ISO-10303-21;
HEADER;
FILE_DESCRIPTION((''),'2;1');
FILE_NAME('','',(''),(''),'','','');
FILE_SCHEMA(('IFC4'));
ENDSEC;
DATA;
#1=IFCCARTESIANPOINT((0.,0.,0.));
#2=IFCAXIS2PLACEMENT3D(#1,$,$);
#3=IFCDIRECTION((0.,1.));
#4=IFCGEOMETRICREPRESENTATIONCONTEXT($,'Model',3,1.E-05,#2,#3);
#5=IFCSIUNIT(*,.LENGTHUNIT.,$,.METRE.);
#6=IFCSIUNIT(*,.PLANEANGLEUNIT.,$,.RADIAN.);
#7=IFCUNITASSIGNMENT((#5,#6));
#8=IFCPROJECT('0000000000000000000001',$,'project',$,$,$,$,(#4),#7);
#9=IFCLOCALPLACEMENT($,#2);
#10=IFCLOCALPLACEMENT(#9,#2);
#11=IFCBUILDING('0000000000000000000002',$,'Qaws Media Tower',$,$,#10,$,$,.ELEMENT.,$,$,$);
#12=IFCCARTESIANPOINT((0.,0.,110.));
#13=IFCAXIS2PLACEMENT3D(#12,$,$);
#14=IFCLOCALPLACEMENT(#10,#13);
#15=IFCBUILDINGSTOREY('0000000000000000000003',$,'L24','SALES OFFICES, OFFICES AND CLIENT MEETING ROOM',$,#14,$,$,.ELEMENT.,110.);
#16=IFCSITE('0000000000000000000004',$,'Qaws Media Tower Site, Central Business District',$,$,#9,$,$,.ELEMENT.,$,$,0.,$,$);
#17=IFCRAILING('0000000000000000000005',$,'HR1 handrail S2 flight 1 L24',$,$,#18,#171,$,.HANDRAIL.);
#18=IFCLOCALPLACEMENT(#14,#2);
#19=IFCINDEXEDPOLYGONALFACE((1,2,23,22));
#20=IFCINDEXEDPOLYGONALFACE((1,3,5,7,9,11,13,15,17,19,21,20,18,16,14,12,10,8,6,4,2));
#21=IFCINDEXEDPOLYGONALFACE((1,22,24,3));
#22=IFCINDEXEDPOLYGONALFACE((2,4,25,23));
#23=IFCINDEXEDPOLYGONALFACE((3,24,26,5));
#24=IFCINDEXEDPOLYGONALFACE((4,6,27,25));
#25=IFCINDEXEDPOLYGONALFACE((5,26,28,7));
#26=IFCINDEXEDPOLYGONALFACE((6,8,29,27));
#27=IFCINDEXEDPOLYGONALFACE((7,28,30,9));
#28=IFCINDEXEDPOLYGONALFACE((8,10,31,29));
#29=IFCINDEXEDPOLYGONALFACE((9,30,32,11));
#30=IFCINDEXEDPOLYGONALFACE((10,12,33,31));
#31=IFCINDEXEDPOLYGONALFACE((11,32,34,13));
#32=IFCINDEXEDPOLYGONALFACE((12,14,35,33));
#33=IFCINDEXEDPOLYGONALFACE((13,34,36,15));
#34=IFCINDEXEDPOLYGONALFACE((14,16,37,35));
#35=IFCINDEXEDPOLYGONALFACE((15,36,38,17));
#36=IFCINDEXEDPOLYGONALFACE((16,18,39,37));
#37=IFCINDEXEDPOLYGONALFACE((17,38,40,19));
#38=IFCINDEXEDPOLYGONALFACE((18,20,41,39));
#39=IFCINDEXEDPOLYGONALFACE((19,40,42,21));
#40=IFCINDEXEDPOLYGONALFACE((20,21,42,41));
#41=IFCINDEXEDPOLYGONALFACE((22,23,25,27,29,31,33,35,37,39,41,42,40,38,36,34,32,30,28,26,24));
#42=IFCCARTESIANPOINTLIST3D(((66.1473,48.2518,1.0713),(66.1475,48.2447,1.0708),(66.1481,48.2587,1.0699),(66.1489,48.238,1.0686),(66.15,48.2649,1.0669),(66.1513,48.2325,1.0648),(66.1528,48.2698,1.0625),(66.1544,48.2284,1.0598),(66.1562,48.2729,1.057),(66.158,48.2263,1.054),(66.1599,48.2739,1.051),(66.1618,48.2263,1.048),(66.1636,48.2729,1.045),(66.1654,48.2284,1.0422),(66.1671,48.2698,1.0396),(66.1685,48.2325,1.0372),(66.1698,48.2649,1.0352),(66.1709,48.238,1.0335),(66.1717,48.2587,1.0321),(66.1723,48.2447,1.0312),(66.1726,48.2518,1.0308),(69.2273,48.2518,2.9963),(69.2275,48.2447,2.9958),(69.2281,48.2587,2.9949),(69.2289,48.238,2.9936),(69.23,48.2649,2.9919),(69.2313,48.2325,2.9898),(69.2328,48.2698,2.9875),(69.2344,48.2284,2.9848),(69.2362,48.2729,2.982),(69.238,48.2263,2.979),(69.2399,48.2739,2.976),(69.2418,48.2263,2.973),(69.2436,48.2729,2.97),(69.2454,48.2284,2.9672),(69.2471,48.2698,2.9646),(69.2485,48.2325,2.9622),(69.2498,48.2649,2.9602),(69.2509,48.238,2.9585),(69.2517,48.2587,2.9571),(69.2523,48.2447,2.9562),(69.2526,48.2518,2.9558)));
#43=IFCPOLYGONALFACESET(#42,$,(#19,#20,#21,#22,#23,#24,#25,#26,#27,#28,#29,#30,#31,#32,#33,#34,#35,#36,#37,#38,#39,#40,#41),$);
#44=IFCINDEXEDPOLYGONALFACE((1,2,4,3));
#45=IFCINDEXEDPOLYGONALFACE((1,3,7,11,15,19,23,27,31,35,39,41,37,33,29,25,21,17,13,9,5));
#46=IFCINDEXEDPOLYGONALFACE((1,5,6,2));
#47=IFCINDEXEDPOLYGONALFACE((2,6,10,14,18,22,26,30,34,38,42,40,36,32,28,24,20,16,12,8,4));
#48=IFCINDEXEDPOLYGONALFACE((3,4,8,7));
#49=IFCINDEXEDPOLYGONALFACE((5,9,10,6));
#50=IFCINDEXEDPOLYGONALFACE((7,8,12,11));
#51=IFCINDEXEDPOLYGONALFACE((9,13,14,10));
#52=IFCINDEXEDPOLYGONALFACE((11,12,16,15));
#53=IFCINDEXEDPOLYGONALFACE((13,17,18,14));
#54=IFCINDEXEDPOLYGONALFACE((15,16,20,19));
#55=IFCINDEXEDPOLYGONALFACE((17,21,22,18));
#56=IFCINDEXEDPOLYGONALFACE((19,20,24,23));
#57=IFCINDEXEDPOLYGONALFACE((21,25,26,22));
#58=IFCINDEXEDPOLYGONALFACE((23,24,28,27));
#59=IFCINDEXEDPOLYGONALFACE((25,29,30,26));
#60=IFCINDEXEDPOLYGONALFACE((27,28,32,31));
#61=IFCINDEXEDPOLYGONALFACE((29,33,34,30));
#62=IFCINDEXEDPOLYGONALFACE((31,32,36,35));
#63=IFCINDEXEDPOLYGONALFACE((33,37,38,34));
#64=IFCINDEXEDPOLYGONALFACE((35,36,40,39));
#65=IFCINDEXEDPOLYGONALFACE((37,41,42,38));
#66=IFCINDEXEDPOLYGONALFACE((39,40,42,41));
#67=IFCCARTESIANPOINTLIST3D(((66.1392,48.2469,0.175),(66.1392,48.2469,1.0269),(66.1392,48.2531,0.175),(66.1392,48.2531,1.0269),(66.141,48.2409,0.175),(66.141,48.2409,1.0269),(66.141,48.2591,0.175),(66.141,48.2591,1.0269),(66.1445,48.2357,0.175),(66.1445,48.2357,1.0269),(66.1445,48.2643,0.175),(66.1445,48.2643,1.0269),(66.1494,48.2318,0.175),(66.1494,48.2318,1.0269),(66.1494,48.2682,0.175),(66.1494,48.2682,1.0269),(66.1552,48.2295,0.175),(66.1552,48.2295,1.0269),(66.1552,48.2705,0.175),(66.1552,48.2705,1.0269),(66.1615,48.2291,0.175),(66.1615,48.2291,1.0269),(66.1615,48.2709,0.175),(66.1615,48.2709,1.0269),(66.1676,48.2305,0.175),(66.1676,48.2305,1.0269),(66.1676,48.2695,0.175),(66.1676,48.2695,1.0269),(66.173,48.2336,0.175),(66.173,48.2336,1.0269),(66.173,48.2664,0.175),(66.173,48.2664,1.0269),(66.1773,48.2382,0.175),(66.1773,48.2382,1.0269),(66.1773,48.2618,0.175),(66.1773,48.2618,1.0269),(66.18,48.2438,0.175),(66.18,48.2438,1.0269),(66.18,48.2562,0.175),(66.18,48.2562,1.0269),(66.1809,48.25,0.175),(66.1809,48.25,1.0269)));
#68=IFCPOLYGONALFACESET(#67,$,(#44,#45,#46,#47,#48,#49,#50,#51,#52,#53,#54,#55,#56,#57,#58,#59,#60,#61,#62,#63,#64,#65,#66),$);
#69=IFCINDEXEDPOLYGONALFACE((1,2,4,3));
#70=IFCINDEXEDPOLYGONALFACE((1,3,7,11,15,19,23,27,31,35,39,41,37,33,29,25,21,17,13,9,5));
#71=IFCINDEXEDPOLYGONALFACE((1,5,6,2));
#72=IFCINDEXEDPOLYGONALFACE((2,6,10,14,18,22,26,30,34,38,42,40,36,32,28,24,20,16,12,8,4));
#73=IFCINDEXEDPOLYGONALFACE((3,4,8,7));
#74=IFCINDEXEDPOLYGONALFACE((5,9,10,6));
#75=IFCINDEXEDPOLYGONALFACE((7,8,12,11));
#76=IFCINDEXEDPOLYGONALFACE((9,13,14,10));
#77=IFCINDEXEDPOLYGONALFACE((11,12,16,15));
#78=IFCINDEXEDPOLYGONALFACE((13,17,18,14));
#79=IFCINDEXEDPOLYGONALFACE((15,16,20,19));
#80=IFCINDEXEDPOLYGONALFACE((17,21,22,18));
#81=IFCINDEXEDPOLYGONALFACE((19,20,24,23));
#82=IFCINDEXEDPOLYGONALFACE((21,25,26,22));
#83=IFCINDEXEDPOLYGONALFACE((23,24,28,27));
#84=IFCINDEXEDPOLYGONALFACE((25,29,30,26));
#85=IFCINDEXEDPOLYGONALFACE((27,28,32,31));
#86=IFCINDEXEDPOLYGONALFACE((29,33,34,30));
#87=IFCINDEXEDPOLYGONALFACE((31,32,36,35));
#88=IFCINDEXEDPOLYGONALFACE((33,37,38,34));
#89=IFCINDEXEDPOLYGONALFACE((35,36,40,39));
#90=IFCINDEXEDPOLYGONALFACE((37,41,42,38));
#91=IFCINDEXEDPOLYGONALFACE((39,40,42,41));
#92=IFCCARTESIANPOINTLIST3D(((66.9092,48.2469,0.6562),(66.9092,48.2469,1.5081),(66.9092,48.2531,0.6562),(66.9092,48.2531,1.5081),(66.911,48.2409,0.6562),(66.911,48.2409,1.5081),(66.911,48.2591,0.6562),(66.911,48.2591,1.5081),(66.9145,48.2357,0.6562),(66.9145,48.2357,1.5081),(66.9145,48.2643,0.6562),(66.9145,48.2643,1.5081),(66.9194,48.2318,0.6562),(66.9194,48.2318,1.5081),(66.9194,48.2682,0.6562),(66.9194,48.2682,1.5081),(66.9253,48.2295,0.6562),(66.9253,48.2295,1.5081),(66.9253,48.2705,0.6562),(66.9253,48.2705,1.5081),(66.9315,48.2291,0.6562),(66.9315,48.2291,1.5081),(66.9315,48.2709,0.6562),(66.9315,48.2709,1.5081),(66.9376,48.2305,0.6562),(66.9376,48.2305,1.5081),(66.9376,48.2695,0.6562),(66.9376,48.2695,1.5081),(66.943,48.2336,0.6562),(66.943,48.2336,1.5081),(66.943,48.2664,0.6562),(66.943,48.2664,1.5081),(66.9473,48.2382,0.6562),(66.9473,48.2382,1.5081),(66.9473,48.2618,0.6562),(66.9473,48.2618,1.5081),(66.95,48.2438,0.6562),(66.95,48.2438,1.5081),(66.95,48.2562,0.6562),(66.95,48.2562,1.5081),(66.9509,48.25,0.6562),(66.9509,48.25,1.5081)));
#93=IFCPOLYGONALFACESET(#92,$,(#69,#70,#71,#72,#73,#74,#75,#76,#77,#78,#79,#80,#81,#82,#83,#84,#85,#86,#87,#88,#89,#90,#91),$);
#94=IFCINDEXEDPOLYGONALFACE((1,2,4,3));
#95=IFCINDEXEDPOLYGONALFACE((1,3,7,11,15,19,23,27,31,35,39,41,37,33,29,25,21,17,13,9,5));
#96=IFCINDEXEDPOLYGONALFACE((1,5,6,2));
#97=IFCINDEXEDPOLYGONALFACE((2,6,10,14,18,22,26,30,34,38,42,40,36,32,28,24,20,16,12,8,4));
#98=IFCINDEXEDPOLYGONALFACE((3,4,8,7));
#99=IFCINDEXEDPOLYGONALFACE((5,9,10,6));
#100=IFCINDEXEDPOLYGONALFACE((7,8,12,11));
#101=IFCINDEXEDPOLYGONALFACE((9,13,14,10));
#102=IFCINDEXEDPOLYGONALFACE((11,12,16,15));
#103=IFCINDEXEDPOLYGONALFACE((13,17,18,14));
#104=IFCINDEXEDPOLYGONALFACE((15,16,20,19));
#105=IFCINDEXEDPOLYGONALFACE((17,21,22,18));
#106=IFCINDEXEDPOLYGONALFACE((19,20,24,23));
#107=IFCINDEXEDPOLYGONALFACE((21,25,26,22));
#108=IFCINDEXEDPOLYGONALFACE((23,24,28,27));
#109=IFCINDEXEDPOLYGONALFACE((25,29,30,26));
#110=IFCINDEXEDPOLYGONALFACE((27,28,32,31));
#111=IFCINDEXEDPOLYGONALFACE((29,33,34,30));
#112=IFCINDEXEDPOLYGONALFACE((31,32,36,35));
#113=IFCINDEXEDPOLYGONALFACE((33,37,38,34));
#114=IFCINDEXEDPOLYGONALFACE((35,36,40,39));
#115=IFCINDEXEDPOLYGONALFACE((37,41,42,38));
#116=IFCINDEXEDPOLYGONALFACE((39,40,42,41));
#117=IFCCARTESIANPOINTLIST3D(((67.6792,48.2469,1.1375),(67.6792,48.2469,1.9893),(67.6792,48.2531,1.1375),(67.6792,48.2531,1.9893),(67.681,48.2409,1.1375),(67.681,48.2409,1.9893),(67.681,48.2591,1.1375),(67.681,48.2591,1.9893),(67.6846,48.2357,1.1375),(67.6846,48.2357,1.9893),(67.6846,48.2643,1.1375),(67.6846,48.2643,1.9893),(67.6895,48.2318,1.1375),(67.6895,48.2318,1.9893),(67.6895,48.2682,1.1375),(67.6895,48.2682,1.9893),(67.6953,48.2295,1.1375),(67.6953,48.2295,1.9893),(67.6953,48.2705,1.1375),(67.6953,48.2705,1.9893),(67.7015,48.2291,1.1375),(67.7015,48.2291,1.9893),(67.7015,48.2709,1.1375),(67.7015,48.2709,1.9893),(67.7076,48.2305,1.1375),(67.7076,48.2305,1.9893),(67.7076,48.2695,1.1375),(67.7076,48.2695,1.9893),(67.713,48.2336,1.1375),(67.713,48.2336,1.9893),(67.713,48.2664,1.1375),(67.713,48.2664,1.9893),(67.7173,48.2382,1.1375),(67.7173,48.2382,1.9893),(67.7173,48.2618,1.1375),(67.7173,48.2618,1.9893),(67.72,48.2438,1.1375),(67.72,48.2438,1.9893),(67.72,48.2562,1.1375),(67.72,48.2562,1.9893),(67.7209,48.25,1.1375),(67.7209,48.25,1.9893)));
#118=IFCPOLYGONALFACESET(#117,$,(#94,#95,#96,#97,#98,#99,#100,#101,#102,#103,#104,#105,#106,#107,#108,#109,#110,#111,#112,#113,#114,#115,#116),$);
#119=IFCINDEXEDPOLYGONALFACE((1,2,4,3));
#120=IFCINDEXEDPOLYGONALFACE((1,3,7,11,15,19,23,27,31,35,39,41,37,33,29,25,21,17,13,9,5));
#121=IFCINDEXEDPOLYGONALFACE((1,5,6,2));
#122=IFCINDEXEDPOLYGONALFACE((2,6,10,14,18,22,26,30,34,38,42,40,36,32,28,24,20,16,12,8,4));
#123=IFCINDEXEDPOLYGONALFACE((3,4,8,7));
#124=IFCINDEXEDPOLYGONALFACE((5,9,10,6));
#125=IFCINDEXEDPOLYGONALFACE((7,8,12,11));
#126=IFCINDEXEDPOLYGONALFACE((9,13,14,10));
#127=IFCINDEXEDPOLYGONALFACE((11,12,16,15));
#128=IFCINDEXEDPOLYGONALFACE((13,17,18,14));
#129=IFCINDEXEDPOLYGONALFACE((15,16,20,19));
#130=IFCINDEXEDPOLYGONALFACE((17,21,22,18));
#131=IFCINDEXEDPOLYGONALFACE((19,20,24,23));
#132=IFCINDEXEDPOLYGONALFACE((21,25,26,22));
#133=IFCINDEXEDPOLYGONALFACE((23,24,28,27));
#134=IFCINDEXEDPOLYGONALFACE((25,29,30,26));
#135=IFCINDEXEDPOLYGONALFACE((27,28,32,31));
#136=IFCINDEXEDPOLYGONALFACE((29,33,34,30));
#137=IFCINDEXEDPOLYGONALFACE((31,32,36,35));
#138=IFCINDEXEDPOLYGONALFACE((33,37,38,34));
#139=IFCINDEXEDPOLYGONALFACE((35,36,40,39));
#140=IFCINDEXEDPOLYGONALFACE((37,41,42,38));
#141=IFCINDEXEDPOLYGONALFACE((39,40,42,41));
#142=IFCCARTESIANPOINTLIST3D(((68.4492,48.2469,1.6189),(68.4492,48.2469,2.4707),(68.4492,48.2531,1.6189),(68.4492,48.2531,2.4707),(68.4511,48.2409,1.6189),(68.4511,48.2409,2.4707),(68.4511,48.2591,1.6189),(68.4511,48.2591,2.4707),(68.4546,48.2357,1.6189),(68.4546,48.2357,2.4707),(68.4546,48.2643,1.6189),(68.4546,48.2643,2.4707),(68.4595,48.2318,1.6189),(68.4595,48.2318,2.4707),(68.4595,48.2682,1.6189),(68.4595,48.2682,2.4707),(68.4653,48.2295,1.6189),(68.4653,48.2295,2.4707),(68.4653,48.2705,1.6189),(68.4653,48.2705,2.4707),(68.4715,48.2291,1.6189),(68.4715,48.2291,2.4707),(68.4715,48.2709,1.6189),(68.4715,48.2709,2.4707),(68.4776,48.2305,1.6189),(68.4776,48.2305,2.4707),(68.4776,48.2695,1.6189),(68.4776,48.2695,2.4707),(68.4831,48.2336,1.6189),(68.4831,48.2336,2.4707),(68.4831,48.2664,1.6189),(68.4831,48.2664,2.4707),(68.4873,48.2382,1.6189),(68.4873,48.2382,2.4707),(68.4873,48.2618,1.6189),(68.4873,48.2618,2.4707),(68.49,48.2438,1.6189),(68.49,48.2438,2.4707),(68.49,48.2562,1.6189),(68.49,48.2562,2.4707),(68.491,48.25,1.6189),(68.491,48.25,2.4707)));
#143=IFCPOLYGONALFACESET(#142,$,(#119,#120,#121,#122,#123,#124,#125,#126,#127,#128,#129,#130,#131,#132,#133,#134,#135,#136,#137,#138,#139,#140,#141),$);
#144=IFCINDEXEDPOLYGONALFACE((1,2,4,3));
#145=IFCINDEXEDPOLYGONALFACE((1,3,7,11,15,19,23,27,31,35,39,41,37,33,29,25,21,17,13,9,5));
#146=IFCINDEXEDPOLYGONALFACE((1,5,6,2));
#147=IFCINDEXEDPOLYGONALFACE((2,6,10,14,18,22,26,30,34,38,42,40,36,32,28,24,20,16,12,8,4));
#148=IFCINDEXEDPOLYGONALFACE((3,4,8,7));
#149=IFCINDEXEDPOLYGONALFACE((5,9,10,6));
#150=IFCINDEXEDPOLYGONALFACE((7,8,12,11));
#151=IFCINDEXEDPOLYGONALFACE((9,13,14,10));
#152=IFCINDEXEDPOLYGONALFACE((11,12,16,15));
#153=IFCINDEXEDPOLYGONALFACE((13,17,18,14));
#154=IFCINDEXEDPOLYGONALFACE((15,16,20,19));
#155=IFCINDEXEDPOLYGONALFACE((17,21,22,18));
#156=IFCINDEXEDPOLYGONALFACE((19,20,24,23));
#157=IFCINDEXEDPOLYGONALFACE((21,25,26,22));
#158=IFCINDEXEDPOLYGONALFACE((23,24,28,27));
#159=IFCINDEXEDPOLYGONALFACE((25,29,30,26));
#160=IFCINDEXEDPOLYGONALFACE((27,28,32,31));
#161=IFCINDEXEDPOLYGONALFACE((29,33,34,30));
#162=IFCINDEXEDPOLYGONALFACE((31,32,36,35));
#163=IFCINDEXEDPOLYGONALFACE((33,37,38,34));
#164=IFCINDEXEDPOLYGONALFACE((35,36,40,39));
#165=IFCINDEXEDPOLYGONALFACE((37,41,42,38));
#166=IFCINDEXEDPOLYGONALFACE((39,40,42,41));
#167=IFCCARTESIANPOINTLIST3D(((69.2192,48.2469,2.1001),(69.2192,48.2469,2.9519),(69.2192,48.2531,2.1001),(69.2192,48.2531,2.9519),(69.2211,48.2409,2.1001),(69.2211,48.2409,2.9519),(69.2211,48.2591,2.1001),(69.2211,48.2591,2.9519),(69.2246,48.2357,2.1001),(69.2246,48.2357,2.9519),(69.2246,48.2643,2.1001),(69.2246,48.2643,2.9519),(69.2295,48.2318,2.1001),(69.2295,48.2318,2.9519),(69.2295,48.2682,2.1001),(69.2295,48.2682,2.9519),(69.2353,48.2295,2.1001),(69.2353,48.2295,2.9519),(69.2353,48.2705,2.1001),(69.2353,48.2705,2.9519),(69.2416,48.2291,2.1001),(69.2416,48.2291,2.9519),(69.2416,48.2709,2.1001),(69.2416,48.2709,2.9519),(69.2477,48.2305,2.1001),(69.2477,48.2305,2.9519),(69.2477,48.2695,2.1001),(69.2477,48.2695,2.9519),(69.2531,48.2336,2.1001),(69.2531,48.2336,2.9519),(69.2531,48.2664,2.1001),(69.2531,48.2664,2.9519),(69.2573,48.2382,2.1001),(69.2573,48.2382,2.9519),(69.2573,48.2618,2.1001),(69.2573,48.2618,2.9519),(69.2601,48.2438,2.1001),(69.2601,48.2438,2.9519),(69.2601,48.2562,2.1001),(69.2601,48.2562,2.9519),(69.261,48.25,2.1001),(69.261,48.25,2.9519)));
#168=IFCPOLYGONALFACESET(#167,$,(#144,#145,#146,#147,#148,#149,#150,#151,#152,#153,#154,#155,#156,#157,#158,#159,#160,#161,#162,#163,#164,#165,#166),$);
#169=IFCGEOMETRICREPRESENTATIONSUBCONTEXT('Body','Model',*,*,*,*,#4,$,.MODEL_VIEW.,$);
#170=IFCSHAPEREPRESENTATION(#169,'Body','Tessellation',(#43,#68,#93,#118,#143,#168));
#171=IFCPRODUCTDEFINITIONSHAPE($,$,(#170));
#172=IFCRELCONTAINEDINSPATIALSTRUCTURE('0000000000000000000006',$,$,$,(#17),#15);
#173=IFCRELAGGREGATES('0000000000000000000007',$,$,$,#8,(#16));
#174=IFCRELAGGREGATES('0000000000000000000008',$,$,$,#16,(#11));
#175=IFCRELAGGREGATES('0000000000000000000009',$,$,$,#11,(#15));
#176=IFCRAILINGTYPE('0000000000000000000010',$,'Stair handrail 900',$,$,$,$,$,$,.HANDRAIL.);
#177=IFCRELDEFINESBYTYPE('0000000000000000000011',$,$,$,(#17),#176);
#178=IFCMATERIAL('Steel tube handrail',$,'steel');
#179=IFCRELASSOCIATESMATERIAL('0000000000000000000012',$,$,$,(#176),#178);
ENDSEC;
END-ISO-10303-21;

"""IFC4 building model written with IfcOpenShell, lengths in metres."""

from ifc_helpers import new_model, si_unit, direction, frame, origin, origin_2d, place, context, subcontext, project, spatial, circle, extrude, material, type_object, element, save


model = new_model("IFC4")

# Units and contexts
model_context = context("Model", 3, precision=1e-05, world=origin(), true_north=direction((0.0, 1.0)))
body_context = subcontext(model_context, "Body", "Model", "MODEL_VIEW")
ifc_project = project(units=[si_unit("LENGTHUNIT", "METRE"), si_unit("PLANEANGLEUNIT", "RADIAN")], contexts=[model_context])

# Site, building, storey
site_placement = place(None, origin())
site = spatial("IfcSite", under=ifc_project, at=site_placement, Name="Qaws Media Tower Site, Central Business District", CompositionType="ELEMENT", RefElevation=0.0)
building_placement = place(site_placement, origin())
building = spatial("IfcBuilding", under=site, at=building_placement, Name="Qaws Media Tower", CompositionType="ELEMENT")
storey_placement = place(building_placement, frame((0.0, 0.0, 110.0)))
storey = spatial("IfcBuildingStorey", under=building, at=storey_placement, Name="L24", Description="SALES OFFICES, OFFICES AND CLIENT MEETING ROOM", CompositionType="ELEMENT", Elevation=110.0)

# Railing
ifc_material_1 = material(Name="Steel tube handrail", Category="steel")
railing_type = type_object("IfcRailingType", Name="Stair handrail 900", PredefinedType="HANDRAIL", material=ifc_material_1)
for number, where, name in (
    (1, (66.1599, 48.25, 0.175), "HR1 handrail S2 flight 1 L24"),
):
    element("IfcRailing", number, at=place(storey_placement, frame(where)), inside=storey, type_object=railing_type, Name=name, PredefinedType="HANDRAIL", context=body_context, shape_type="SweptSolid", body=[
        extrude(circle(Radius=0.0239, at=origin_2d()), frame((0.0, 0.0, 0.876), z_axis=(0.847998, 0.0, 0.529999), x_axis=(0.0, 1.0, 0.0)), (0.0, 0.0, 1.0), 3.6321),
        extrude(circle(Radius=0.021, at=origin_2d()), origin(), (0.0, 0.0, 1.0), 0.8518),
        extrude(circle(Radius=0.021, at=origin_2d()), frame((0.77, 0.0, 0.4812)), (0.0, 0.0, 1.0), 0.8518),
        extrude(circle(Radius=0.021, at=origin_2d()), frame((1.54, 0.0, 0.9624)), (0.0, 0.0, 1.0), 0.8518),
        extrude(circle(Radius=0.021, at=origin_2d()), frame((2.3101, 0.0, 1.4438)), (0.0, 0.0, 1.0), 0.8518),
        extrude(circle(Radius=0.021, at=origin_2d()), frame((3.0801, 0.0, 1.925)), (0.0, 0.0, 1.0), 0.8518),
    ])

save(model, "model.ifc")
